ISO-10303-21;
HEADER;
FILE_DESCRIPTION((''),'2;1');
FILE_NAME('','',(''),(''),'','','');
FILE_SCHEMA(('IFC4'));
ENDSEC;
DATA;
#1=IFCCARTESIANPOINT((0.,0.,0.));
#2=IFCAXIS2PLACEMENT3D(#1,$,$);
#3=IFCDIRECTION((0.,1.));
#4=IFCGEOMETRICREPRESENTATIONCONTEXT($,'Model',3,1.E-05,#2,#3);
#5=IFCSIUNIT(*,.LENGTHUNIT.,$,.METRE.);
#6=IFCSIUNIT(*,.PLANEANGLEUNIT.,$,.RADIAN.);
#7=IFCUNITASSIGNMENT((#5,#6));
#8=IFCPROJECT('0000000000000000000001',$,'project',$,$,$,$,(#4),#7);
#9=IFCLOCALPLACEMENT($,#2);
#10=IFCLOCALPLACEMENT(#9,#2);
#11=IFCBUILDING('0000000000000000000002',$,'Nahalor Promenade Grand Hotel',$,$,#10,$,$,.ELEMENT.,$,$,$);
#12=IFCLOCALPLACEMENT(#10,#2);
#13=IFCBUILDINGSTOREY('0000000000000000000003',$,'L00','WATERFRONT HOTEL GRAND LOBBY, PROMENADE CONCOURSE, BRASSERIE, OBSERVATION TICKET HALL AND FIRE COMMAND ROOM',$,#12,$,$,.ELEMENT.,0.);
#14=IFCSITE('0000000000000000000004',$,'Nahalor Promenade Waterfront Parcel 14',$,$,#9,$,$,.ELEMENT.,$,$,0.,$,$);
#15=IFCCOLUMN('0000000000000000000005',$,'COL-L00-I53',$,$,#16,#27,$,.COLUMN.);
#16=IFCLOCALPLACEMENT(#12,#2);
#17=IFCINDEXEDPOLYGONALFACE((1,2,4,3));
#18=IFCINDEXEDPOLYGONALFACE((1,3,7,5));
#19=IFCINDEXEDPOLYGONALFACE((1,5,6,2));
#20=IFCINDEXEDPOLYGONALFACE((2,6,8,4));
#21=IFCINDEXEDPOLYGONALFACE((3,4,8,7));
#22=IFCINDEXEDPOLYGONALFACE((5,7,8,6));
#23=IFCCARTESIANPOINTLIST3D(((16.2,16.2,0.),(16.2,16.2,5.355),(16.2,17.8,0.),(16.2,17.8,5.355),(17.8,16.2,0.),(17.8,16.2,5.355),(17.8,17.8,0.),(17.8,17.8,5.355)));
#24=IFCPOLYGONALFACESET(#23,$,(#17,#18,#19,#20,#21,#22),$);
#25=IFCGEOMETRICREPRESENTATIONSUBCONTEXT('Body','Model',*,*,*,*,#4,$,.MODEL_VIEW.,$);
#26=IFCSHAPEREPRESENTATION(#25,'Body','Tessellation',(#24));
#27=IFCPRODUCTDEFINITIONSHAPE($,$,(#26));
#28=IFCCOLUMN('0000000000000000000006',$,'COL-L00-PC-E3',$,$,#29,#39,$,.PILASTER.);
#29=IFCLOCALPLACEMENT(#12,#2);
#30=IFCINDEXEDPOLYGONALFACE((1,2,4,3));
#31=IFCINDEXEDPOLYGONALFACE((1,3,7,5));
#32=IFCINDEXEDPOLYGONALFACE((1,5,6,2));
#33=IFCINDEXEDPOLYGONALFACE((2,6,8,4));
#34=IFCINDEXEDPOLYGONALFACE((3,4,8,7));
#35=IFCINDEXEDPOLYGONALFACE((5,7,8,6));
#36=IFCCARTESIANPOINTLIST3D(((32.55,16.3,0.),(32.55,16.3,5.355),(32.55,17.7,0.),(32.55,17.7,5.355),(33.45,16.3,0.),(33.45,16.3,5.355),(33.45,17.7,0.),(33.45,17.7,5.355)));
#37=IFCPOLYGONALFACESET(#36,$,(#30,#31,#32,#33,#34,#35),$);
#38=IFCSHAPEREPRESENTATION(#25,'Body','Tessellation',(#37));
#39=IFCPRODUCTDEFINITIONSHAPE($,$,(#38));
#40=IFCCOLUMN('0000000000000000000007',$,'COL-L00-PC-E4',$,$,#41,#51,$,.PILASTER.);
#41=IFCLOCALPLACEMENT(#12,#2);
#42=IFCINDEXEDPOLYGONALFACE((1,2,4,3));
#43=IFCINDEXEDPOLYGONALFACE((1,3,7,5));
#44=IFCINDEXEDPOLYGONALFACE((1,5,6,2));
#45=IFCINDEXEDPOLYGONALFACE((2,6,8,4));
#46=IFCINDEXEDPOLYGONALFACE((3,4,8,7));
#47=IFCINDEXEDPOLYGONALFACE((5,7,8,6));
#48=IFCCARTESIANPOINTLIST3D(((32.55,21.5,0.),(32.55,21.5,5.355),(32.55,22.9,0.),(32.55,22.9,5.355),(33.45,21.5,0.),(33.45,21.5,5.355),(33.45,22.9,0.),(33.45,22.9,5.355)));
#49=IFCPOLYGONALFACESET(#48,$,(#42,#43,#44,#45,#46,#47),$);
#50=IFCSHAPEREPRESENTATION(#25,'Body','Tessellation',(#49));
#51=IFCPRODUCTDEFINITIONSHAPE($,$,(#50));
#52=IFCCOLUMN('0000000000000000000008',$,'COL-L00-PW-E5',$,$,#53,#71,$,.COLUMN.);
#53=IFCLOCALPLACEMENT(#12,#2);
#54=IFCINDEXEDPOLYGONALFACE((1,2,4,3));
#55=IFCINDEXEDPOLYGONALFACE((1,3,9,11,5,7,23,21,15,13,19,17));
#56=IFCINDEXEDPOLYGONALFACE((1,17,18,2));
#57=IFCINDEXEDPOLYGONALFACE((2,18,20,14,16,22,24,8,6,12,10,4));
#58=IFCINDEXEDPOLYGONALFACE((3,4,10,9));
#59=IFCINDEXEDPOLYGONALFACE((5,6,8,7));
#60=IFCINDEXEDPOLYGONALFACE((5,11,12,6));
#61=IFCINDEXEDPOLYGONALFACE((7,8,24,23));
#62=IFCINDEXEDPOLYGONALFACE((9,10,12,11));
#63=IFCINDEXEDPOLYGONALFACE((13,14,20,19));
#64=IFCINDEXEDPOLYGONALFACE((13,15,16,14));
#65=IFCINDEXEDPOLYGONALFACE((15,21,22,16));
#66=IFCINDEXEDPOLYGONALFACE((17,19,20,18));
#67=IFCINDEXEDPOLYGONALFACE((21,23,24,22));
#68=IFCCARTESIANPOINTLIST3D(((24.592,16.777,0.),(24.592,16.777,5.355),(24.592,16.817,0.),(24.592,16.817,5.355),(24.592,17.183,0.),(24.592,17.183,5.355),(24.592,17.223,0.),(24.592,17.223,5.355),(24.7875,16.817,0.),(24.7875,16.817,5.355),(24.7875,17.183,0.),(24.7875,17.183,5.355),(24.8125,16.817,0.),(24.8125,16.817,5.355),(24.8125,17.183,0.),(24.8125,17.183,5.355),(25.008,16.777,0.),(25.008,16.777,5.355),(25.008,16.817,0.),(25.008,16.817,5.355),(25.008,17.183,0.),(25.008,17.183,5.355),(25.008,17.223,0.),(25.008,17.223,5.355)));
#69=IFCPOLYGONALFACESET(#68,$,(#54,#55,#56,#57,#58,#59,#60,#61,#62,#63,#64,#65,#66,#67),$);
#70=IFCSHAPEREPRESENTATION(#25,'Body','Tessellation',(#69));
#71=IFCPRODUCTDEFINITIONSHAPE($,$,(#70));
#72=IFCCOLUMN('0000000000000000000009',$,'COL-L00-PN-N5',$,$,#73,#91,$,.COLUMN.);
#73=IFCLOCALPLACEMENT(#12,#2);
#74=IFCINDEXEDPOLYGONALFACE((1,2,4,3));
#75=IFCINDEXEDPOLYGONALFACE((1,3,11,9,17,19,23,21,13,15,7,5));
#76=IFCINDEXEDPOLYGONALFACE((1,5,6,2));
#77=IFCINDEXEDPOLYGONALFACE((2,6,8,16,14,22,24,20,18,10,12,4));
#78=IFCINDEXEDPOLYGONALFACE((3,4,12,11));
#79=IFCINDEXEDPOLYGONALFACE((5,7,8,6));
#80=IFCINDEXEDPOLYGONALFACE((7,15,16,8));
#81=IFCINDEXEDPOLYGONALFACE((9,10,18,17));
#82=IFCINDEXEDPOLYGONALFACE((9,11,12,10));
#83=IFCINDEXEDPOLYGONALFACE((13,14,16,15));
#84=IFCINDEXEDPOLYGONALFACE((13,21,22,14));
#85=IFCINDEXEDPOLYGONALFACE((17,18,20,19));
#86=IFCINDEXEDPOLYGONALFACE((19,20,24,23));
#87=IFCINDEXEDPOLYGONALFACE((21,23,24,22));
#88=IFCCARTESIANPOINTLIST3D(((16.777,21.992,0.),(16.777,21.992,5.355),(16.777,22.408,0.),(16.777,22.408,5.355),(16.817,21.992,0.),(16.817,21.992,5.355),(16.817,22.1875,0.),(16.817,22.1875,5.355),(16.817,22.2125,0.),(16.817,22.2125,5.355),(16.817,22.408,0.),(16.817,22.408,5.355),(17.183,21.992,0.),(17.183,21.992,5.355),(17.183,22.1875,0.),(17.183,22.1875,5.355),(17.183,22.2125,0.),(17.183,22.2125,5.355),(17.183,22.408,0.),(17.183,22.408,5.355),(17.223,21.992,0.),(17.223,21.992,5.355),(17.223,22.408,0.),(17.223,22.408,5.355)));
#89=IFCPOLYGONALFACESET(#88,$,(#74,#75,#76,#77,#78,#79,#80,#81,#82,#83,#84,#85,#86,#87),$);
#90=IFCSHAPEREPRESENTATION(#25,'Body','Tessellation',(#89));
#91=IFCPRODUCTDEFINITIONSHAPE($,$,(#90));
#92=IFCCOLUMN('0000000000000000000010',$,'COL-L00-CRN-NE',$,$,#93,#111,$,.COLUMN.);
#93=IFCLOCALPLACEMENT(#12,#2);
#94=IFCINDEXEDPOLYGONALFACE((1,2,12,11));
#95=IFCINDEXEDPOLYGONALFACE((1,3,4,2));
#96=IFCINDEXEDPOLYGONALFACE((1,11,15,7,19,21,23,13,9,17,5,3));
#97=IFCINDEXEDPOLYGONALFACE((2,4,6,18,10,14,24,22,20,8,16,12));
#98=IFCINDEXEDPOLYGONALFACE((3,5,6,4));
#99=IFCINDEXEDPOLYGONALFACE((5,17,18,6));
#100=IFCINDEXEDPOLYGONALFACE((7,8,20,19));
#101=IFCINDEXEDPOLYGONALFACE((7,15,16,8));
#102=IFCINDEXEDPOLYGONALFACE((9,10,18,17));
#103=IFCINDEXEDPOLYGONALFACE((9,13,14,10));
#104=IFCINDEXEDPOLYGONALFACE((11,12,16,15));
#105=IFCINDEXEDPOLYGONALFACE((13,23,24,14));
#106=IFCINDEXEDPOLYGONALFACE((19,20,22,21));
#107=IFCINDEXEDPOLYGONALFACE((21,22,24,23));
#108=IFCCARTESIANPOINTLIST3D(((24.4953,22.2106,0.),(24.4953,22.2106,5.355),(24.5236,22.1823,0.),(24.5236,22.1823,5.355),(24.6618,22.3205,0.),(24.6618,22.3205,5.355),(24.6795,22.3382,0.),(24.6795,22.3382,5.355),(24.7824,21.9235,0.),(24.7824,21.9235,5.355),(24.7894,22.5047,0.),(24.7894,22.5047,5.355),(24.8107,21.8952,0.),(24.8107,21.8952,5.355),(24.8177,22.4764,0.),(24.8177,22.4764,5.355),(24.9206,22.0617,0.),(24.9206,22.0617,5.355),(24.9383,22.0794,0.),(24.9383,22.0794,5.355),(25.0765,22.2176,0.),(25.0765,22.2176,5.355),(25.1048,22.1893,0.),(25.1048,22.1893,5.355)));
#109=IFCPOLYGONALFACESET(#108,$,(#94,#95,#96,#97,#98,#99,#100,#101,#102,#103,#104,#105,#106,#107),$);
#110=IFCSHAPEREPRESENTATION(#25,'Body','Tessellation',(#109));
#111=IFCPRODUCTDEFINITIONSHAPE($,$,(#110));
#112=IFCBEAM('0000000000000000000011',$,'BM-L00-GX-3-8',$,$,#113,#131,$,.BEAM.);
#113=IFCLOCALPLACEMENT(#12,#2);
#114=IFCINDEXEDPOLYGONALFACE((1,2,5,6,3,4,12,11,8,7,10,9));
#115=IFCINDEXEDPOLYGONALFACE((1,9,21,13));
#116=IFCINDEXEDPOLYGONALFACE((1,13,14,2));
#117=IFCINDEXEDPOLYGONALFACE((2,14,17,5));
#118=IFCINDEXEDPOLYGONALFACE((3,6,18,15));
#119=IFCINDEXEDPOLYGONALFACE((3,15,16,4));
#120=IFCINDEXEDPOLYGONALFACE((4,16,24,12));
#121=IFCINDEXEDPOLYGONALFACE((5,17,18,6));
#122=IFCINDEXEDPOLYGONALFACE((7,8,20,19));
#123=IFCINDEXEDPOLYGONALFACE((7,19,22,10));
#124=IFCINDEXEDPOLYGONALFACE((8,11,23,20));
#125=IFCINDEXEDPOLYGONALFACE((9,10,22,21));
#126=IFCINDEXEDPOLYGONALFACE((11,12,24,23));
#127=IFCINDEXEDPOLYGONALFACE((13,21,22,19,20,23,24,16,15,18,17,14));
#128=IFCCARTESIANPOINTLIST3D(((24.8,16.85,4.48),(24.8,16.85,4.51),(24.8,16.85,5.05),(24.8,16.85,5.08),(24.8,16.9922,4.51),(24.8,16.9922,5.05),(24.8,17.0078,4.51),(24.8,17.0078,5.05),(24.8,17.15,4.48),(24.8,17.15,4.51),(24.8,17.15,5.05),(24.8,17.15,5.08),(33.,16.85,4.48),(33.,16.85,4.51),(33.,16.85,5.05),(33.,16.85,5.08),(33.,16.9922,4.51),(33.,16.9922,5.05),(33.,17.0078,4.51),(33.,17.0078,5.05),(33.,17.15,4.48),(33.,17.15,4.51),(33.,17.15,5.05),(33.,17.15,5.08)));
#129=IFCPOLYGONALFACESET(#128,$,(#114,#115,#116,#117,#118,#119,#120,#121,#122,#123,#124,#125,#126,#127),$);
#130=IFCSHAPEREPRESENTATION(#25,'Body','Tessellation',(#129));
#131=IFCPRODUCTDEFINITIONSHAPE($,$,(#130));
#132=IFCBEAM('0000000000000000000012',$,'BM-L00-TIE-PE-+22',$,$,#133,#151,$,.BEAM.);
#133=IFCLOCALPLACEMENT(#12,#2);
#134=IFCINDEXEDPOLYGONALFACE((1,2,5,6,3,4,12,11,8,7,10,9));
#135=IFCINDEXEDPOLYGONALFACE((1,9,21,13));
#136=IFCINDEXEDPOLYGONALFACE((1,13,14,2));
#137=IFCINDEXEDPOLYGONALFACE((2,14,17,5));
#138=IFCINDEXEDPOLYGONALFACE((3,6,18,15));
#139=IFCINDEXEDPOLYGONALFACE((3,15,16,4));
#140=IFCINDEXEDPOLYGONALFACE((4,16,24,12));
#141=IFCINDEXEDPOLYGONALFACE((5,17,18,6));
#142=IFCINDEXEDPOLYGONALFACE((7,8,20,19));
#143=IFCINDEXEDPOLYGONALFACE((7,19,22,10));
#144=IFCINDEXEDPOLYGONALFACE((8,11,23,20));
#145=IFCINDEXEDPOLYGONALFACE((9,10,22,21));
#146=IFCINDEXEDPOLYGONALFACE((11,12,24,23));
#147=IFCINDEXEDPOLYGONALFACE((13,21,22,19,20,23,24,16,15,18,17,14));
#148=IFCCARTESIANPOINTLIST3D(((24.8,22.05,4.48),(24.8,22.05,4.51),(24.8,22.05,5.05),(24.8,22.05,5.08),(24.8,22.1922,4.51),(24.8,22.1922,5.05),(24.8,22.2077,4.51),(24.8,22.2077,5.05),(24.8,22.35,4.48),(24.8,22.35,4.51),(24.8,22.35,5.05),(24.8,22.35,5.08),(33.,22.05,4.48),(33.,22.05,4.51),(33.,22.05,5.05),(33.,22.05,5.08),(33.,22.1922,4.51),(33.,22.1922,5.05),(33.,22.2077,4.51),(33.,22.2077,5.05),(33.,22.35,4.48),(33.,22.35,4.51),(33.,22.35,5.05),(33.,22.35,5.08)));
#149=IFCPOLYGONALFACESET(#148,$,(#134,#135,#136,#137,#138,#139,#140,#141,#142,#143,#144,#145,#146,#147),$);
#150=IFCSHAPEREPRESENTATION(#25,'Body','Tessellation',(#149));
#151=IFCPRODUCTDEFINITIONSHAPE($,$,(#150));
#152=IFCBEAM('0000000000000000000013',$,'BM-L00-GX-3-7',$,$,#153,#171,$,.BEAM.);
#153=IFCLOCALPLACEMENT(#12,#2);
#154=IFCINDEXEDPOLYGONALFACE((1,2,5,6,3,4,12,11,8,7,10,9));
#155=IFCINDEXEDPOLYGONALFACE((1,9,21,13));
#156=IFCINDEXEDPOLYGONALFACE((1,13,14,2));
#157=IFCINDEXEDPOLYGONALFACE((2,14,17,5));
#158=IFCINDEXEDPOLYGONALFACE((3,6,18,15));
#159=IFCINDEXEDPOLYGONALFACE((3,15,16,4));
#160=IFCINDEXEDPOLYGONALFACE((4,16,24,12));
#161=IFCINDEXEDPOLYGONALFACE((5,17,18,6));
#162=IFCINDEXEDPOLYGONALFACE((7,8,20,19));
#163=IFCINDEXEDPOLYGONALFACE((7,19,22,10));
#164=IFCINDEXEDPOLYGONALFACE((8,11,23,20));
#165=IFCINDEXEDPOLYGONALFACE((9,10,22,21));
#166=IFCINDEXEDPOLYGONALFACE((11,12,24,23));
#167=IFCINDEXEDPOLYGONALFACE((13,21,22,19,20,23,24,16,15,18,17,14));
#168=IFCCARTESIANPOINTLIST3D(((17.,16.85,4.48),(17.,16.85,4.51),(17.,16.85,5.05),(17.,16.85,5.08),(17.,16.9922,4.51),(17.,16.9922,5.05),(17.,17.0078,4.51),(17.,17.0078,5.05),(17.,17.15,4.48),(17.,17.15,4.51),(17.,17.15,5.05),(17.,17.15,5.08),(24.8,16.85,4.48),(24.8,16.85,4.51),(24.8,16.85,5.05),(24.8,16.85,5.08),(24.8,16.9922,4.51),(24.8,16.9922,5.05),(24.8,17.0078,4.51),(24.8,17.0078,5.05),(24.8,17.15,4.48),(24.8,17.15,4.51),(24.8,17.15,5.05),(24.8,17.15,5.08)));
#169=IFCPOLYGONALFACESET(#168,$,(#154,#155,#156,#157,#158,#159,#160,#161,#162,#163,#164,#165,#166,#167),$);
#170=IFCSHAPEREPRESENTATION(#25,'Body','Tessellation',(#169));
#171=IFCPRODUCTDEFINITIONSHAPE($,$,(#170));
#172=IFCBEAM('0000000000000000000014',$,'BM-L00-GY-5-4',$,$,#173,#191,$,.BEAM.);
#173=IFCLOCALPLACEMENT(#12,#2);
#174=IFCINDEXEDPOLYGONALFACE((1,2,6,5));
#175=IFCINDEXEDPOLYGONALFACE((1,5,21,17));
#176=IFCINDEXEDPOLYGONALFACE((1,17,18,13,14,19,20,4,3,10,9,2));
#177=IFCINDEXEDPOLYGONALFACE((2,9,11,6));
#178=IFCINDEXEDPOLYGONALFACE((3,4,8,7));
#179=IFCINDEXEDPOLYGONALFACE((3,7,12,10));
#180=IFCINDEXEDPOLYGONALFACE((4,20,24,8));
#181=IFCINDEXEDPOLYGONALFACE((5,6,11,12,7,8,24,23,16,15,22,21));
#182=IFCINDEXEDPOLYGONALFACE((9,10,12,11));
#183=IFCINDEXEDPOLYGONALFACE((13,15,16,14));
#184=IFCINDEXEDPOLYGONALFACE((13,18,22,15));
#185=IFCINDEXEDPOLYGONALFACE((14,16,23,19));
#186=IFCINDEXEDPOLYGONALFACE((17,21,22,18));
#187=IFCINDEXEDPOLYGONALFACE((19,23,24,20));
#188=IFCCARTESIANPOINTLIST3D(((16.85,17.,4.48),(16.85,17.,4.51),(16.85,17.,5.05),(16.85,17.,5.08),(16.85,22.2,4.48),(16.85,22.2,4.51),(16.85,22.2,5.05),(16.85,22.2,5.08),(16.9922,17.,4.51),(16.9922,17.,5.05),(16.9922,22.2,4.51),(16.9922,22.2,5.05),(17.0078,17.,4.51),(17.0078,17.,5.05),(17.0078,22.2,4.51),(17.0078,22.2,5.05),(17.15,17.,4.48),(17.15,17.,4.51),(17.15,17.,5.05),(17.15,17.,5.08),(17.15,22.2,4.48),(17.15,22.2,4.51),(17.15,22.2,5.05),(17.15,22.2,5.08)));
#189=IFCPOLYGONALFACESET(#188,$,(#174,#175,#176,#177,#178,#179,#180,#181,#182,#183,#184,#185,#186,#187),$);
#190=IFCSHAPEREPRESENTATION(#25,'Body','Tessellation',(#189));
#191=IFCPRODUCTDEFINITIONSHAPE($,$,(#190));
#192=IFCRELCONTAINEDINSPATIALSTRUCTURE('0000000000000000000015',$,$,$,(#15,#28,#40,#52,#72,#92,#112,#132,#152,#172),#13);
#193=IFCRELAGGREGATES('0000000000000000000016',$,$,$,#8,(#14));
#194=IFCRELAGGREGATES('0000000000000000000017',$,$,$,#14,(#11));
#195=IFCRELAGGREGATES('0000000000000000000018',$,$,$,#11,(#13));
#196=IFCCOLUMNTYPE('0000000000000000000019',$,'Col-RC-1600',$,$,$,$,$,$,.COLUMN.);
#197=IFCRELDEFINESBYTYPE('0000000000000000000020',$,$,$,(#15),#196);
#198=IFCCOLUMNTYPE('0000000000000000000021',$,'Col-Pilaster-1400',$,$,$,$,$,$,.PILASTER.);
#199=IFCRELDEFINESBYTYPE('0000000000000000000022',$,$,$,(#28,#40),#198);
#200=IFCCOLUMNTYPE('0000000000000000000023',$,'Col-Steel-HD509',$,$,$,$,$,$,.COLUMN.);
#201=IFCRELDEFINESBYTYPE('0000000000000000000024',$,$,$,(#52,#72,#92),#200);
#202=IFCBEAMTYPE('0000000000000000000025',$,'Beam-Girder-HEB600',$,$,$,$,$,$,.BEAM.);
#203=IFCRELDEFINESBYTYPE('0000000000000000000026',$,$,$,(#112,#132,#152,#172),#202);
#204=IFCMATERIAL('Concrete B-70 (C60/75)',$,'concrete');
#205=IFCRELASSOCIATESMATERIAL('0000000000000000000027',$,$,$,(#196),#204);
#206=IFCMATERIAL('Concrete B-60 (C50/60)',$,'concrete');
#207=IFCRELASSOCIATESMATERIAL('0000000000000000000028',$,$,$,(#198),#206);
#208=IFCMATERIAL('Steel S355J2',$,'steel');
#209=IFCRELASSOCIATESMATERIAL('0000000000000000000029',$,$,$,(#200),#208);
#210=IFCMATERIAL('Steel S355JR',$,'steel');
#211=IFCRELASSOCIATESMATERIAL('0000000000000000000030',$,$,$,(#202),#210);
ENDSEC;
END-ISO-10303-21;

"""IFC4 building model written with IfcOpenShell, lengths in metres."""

from ifc_helpers import new_model, si_unit, direction, frame, origin, origin_2d, place, context, subcontext, project, spatial, rectangle, i_section, extrude, source, transform, mapped, material, material_profile, profile_set, type_object, element, save


model = new_model("IFC4")

# Units and contexts
model_context = context("Model", 3, precision=1e-05, world=origin(), true_north=direction((0.0, 1.0)))
body_context = subcontext(model_context, "Body", "Model", "MODEL_VIEW")
ifc_project = project(units=[si_unit("LENGTHUNIT", "METRE"), si_unit("PLANEANGLEUNIT", "RADIAN")], contexts=[model_context])

# Site, building, storey
site_placement = place(None, origin())
site = spatial("IfcSite", under=ifc_project, at=site_placement, Name="Nahalor Promenade Waterfront Parcel 14", CompositionType="ELEMENT", RefElevation=0.0)
building_placement = place(site_placement, origin())
building = spatial("IfcBuilding", under=site, at=building_placement, Name="Nahalor Promenade Grand Hotel", CompositionType="ELEMENT")
storey_placement = place(building_placement, origin())
storey = spatial("IfcBuildingStorey", under=building, at=storey_placement, Name="L00", Description="WATERFRONT HOTEL GRAND LOBBY, PROMENADE CONCOURSE, BRASSERIE, OBSERVATION TICKET HALL AND FIRE COMMAND ROOM", CompositionType="ELEMENT", Elevation=0.0)

# Columns
ifc_material_1 = material(Name="Concrete B-70 (C60/75)", Category="concrete")
ifc_material_profile_1 = material_profile(ifc_material_1, rectangle(XDim=1.6, YDim=1.6, at=origin_2d()), Name="RC 1600x1600")
ifc_profile_set_1 = profile_set([ifc_material_profile_1], Name="Concrete B-70 (C60/75)")
column_type_1 = type_object("IfcColumnType", Name="Col-RC-1600", PredefinedType="COLUMN", material=ifc_profile_set_1)
shared_shape_1 = source(origin(), body_context, "Body", "SweptSolid", [
    extrude(rectangle(XDim=1.6, YDim=1.6, at=origin_2d()), origin(), (0.0, 0.0, 1.0), 5.355),
])
column_placement = place(storey_placement, frame((17.0, 17.0, 0.0), z_axis=(0.0, 0.0, 1.0), x_axis=(1.0, 0.0, 0.0)))
element("IfcColumn", 1, at=column_placement, inside=storey, type_object=column_type_1, Name="COL-L00-I53", PredefinedType="COLUMN", context=body_context, shape_type="MappedRepresentation", body=[
    mapped(shared_shape_1, transform((0.0, 0.0, 0.0), scale=1.0)),
])
ifc_material_2 = material(Name="Concrete B-60 (C50/60)", Category="concrete")
ifc_material_profile_2 = material_profile(ifc_material_2, rectangle(XDim=0.9, YDim=1.4, at=origin_2d()), Name="RC 900x1400")
ifc_profile_set_2 = profile_set([ifc_material_profile_2], Name="Concrete B-60 (C50/60)")
column_type_2 = type_object("IfcColumnType", Name="Col-Pilaster-1400", PredefinedType="PILASTER", material=ifc_profile_set_2)
shared_shape_2 = source(origin(), body_context, "Body", "SweptSolid", [
    extrude(rectangle(XDim=0.9, YDim=1.4, at=origin_2d()), origin(), (0.0, 0.0, 1.0), 5.355),
])
for number, where, z_axis, x_axis, name in (
    (2, (33.0, 17.0, 0.0), (0.0, 0.0, 1.0), (1.0, 0.0, 0.0), "COL-L00-PC-E3"),
    (3, (33.0, 22.2, 0.0), (0.0, 0.0, 1.0), (1.0, 0.0, 0.0), "COL-L00-PC-E4"),
):
    element("IfcColumn", number, at=place(storey_placement, frame(where, z_axis=z_axis, x_axis=x_axis)), inside=storey, type_object=column_type_2, Name=name, PredefinedType="PILASTER", context=body_context, shape_type="MappedRepresentation", body=[
        mapped(shared_shape_2, transform((0.0, 0.0, 0.0), scale=1.0)),
    ])
ifc_material_3 = material(Name="Steel S355J2", Category="steel")
ifc_material_profile_3 = material_profile(ifc_material_3, i_section(OverallWidth=0.416, OverallDepth=0.446, WebThickness=0.025, FlangeThickness=0.04, at=origin_2d()), Name="HD 400x509")
ifc_profile_set_3 = profile_set([ifc_material_profile_3], Name="Steel S355J2")
column_type_3 = type_object("IfcColumnType", Name="Col-Steel-HD509", PredefinedType="COLUMN", material=ifc_profile_set_3)
shared_shape_3 = source(origin(), body_context, "Body", "SweptSolid", [
    extrude(i_section(OverallWidth=0.416, OverallDepth=0.446, WebThickness=0.025, FlangeThickness=0.04, at=origin_2d()), origin(), (0.0, 0.0, 1.0), 5.355),
])
for number, where, z_axis, x_axis, name in (
    (4, (24.8, 17.0, 0.0), (0.0, 0.0, 1.0), (1.0, 0.0, 0.0), "COL-L00-PW-E5"),
    (5, (17.0, 22.2, 0.0), (0.0, 0.0, 1.0), (0.0, 1.0, 0.0), "COL-L00-PN-N5"),
    (6, (24.8, 22.2, 0.0), (0.0, 0.0, 1.0), (0.707107, 0.707107, 0.0), "COL-L00-CRN-NE"),
):
    element("IfcColumn", number, at=place(storey_placement, frame(where, z_axis=z_axis, x_axis=x_axis)), inside=storey, type_object=column_type_3, Name=name, PredefinedType="COLUMN", context=body_context, shape_type="MappedRepresentation", body=[
        mapped(shared_shape_3, transform((0.0, 0.0, 0.0), scale=1.0)),
    ])

# Beams
ifc_material_4 = material(Name="Steel S355JR", Category="steel")
ifc_material_profile_4 = material_profile(ifc_material_4, i_section(OverallWidth=0.3, OverallDepth=0.6, WebThickness=0.0155, FlangeThickness=0.03, at=origin_2d()), Name="HEB 600")
ifc_profile_set_4 = profile_set([ifc_material_profile_4], Name="Steel S355JR")
beam_type_1 = type_object("IfcBeamType", Name="Beam-Girder-HEB600", PredefinedType="BEAM", material=ifc_profile_set_4)
shared_shape_4 = source(origin(), body_context, "Body", "SweptSolid", [
    extrude(i_section(OverallWidth=0.3, OverallDepth=0.6, WebThickness=0.0155, FlangeThickness=0.03, at=origin_2d()), origin(), (0.0, 0.0, 1.0), 8.2),
])
for number, where, z_axis, x_axis, name in (
    (7, (24.8, 17.0, 4.78), (1.0, 0.0, 0.0), (0.0, 1.0, 0.0), "BM-L00-GX-3-8"),
    (8, (24.8, 22.2, 4.78), (1.0, 0.0, 0.0), (0.0, 1.0, 0.0), "BM-L00-TIE-PE-+22"),
):
    element("IfcBeam", number, at=place(storey_placement, frame(where, z_axis=z_axis, x_axis=x_axis)), inside=storey, type_object=beam_type_1, Name=name, PredefinedType="BEAM", context=body_context, shape_type="MappedRepresentation", body=[
        mapped(shared_shape_4, transform((0.0, 0.0, 0.0), scale=1.0)),
    ])
shared_shape_5 = source(origin(), body_context, "Body", "SweptSolid", [
    extrude(i_section(OverallWidth=0.3, OverallDepth=0.6, WebThickness=0.0155, FlangeThickness=0.03, at=origin_2d()), origin(), (0.0, 0.0, 1.0), 7.8),
])
beam_1_placement = place(storey_placement, frame((17.0, 17.0, 4.78), z_axis=(1.0, 0.0, 0.0), x_axis=(0.0, 1.0, 0.0)))
element("IfcBeam", 9, at=beam_1_placement, inside=storey, type_object=beam_type_1, Name="BM-L00-GX-3-7", PredefinedType="BEAM", context=body_context, shape_type="MappedRepresentation", body=[
    mapped(shared_shape_5, transform((0.0, 0.0, 0.0), scale=1.0)),
])
shared_shape_6 = source(origin(), body_context, "Body", "SweptSolid", [
    extrude(i_section(OverallWidth=0.3, OverallDepth=0.6, WebThickness=0.0155, FlangeThickness=0.03, at=origin_2d()), origin(), (0.0, 0.0, 1.0), 5.2),
])
beam_2_placement = place(storey_placement, frame((17.0, 17.0, 4.78), z_axis=(0.0, 1.0, 0.0), x_axis=(-1.0, 0.0, 0.0)))
element("IfcBeam", 10, at=beam_2_placement, inside=storey, type_object=beam_type_1, Name="BM-L00-GY-5-4", PredefinedType="BEAM", context=body_context, shape_type="MappedRepresentation", body=[
    mapped(shared_shape_6, transform((0.0, 0.0, 0.0), scale=1.0)),
])

save(model, "model.ifc")
